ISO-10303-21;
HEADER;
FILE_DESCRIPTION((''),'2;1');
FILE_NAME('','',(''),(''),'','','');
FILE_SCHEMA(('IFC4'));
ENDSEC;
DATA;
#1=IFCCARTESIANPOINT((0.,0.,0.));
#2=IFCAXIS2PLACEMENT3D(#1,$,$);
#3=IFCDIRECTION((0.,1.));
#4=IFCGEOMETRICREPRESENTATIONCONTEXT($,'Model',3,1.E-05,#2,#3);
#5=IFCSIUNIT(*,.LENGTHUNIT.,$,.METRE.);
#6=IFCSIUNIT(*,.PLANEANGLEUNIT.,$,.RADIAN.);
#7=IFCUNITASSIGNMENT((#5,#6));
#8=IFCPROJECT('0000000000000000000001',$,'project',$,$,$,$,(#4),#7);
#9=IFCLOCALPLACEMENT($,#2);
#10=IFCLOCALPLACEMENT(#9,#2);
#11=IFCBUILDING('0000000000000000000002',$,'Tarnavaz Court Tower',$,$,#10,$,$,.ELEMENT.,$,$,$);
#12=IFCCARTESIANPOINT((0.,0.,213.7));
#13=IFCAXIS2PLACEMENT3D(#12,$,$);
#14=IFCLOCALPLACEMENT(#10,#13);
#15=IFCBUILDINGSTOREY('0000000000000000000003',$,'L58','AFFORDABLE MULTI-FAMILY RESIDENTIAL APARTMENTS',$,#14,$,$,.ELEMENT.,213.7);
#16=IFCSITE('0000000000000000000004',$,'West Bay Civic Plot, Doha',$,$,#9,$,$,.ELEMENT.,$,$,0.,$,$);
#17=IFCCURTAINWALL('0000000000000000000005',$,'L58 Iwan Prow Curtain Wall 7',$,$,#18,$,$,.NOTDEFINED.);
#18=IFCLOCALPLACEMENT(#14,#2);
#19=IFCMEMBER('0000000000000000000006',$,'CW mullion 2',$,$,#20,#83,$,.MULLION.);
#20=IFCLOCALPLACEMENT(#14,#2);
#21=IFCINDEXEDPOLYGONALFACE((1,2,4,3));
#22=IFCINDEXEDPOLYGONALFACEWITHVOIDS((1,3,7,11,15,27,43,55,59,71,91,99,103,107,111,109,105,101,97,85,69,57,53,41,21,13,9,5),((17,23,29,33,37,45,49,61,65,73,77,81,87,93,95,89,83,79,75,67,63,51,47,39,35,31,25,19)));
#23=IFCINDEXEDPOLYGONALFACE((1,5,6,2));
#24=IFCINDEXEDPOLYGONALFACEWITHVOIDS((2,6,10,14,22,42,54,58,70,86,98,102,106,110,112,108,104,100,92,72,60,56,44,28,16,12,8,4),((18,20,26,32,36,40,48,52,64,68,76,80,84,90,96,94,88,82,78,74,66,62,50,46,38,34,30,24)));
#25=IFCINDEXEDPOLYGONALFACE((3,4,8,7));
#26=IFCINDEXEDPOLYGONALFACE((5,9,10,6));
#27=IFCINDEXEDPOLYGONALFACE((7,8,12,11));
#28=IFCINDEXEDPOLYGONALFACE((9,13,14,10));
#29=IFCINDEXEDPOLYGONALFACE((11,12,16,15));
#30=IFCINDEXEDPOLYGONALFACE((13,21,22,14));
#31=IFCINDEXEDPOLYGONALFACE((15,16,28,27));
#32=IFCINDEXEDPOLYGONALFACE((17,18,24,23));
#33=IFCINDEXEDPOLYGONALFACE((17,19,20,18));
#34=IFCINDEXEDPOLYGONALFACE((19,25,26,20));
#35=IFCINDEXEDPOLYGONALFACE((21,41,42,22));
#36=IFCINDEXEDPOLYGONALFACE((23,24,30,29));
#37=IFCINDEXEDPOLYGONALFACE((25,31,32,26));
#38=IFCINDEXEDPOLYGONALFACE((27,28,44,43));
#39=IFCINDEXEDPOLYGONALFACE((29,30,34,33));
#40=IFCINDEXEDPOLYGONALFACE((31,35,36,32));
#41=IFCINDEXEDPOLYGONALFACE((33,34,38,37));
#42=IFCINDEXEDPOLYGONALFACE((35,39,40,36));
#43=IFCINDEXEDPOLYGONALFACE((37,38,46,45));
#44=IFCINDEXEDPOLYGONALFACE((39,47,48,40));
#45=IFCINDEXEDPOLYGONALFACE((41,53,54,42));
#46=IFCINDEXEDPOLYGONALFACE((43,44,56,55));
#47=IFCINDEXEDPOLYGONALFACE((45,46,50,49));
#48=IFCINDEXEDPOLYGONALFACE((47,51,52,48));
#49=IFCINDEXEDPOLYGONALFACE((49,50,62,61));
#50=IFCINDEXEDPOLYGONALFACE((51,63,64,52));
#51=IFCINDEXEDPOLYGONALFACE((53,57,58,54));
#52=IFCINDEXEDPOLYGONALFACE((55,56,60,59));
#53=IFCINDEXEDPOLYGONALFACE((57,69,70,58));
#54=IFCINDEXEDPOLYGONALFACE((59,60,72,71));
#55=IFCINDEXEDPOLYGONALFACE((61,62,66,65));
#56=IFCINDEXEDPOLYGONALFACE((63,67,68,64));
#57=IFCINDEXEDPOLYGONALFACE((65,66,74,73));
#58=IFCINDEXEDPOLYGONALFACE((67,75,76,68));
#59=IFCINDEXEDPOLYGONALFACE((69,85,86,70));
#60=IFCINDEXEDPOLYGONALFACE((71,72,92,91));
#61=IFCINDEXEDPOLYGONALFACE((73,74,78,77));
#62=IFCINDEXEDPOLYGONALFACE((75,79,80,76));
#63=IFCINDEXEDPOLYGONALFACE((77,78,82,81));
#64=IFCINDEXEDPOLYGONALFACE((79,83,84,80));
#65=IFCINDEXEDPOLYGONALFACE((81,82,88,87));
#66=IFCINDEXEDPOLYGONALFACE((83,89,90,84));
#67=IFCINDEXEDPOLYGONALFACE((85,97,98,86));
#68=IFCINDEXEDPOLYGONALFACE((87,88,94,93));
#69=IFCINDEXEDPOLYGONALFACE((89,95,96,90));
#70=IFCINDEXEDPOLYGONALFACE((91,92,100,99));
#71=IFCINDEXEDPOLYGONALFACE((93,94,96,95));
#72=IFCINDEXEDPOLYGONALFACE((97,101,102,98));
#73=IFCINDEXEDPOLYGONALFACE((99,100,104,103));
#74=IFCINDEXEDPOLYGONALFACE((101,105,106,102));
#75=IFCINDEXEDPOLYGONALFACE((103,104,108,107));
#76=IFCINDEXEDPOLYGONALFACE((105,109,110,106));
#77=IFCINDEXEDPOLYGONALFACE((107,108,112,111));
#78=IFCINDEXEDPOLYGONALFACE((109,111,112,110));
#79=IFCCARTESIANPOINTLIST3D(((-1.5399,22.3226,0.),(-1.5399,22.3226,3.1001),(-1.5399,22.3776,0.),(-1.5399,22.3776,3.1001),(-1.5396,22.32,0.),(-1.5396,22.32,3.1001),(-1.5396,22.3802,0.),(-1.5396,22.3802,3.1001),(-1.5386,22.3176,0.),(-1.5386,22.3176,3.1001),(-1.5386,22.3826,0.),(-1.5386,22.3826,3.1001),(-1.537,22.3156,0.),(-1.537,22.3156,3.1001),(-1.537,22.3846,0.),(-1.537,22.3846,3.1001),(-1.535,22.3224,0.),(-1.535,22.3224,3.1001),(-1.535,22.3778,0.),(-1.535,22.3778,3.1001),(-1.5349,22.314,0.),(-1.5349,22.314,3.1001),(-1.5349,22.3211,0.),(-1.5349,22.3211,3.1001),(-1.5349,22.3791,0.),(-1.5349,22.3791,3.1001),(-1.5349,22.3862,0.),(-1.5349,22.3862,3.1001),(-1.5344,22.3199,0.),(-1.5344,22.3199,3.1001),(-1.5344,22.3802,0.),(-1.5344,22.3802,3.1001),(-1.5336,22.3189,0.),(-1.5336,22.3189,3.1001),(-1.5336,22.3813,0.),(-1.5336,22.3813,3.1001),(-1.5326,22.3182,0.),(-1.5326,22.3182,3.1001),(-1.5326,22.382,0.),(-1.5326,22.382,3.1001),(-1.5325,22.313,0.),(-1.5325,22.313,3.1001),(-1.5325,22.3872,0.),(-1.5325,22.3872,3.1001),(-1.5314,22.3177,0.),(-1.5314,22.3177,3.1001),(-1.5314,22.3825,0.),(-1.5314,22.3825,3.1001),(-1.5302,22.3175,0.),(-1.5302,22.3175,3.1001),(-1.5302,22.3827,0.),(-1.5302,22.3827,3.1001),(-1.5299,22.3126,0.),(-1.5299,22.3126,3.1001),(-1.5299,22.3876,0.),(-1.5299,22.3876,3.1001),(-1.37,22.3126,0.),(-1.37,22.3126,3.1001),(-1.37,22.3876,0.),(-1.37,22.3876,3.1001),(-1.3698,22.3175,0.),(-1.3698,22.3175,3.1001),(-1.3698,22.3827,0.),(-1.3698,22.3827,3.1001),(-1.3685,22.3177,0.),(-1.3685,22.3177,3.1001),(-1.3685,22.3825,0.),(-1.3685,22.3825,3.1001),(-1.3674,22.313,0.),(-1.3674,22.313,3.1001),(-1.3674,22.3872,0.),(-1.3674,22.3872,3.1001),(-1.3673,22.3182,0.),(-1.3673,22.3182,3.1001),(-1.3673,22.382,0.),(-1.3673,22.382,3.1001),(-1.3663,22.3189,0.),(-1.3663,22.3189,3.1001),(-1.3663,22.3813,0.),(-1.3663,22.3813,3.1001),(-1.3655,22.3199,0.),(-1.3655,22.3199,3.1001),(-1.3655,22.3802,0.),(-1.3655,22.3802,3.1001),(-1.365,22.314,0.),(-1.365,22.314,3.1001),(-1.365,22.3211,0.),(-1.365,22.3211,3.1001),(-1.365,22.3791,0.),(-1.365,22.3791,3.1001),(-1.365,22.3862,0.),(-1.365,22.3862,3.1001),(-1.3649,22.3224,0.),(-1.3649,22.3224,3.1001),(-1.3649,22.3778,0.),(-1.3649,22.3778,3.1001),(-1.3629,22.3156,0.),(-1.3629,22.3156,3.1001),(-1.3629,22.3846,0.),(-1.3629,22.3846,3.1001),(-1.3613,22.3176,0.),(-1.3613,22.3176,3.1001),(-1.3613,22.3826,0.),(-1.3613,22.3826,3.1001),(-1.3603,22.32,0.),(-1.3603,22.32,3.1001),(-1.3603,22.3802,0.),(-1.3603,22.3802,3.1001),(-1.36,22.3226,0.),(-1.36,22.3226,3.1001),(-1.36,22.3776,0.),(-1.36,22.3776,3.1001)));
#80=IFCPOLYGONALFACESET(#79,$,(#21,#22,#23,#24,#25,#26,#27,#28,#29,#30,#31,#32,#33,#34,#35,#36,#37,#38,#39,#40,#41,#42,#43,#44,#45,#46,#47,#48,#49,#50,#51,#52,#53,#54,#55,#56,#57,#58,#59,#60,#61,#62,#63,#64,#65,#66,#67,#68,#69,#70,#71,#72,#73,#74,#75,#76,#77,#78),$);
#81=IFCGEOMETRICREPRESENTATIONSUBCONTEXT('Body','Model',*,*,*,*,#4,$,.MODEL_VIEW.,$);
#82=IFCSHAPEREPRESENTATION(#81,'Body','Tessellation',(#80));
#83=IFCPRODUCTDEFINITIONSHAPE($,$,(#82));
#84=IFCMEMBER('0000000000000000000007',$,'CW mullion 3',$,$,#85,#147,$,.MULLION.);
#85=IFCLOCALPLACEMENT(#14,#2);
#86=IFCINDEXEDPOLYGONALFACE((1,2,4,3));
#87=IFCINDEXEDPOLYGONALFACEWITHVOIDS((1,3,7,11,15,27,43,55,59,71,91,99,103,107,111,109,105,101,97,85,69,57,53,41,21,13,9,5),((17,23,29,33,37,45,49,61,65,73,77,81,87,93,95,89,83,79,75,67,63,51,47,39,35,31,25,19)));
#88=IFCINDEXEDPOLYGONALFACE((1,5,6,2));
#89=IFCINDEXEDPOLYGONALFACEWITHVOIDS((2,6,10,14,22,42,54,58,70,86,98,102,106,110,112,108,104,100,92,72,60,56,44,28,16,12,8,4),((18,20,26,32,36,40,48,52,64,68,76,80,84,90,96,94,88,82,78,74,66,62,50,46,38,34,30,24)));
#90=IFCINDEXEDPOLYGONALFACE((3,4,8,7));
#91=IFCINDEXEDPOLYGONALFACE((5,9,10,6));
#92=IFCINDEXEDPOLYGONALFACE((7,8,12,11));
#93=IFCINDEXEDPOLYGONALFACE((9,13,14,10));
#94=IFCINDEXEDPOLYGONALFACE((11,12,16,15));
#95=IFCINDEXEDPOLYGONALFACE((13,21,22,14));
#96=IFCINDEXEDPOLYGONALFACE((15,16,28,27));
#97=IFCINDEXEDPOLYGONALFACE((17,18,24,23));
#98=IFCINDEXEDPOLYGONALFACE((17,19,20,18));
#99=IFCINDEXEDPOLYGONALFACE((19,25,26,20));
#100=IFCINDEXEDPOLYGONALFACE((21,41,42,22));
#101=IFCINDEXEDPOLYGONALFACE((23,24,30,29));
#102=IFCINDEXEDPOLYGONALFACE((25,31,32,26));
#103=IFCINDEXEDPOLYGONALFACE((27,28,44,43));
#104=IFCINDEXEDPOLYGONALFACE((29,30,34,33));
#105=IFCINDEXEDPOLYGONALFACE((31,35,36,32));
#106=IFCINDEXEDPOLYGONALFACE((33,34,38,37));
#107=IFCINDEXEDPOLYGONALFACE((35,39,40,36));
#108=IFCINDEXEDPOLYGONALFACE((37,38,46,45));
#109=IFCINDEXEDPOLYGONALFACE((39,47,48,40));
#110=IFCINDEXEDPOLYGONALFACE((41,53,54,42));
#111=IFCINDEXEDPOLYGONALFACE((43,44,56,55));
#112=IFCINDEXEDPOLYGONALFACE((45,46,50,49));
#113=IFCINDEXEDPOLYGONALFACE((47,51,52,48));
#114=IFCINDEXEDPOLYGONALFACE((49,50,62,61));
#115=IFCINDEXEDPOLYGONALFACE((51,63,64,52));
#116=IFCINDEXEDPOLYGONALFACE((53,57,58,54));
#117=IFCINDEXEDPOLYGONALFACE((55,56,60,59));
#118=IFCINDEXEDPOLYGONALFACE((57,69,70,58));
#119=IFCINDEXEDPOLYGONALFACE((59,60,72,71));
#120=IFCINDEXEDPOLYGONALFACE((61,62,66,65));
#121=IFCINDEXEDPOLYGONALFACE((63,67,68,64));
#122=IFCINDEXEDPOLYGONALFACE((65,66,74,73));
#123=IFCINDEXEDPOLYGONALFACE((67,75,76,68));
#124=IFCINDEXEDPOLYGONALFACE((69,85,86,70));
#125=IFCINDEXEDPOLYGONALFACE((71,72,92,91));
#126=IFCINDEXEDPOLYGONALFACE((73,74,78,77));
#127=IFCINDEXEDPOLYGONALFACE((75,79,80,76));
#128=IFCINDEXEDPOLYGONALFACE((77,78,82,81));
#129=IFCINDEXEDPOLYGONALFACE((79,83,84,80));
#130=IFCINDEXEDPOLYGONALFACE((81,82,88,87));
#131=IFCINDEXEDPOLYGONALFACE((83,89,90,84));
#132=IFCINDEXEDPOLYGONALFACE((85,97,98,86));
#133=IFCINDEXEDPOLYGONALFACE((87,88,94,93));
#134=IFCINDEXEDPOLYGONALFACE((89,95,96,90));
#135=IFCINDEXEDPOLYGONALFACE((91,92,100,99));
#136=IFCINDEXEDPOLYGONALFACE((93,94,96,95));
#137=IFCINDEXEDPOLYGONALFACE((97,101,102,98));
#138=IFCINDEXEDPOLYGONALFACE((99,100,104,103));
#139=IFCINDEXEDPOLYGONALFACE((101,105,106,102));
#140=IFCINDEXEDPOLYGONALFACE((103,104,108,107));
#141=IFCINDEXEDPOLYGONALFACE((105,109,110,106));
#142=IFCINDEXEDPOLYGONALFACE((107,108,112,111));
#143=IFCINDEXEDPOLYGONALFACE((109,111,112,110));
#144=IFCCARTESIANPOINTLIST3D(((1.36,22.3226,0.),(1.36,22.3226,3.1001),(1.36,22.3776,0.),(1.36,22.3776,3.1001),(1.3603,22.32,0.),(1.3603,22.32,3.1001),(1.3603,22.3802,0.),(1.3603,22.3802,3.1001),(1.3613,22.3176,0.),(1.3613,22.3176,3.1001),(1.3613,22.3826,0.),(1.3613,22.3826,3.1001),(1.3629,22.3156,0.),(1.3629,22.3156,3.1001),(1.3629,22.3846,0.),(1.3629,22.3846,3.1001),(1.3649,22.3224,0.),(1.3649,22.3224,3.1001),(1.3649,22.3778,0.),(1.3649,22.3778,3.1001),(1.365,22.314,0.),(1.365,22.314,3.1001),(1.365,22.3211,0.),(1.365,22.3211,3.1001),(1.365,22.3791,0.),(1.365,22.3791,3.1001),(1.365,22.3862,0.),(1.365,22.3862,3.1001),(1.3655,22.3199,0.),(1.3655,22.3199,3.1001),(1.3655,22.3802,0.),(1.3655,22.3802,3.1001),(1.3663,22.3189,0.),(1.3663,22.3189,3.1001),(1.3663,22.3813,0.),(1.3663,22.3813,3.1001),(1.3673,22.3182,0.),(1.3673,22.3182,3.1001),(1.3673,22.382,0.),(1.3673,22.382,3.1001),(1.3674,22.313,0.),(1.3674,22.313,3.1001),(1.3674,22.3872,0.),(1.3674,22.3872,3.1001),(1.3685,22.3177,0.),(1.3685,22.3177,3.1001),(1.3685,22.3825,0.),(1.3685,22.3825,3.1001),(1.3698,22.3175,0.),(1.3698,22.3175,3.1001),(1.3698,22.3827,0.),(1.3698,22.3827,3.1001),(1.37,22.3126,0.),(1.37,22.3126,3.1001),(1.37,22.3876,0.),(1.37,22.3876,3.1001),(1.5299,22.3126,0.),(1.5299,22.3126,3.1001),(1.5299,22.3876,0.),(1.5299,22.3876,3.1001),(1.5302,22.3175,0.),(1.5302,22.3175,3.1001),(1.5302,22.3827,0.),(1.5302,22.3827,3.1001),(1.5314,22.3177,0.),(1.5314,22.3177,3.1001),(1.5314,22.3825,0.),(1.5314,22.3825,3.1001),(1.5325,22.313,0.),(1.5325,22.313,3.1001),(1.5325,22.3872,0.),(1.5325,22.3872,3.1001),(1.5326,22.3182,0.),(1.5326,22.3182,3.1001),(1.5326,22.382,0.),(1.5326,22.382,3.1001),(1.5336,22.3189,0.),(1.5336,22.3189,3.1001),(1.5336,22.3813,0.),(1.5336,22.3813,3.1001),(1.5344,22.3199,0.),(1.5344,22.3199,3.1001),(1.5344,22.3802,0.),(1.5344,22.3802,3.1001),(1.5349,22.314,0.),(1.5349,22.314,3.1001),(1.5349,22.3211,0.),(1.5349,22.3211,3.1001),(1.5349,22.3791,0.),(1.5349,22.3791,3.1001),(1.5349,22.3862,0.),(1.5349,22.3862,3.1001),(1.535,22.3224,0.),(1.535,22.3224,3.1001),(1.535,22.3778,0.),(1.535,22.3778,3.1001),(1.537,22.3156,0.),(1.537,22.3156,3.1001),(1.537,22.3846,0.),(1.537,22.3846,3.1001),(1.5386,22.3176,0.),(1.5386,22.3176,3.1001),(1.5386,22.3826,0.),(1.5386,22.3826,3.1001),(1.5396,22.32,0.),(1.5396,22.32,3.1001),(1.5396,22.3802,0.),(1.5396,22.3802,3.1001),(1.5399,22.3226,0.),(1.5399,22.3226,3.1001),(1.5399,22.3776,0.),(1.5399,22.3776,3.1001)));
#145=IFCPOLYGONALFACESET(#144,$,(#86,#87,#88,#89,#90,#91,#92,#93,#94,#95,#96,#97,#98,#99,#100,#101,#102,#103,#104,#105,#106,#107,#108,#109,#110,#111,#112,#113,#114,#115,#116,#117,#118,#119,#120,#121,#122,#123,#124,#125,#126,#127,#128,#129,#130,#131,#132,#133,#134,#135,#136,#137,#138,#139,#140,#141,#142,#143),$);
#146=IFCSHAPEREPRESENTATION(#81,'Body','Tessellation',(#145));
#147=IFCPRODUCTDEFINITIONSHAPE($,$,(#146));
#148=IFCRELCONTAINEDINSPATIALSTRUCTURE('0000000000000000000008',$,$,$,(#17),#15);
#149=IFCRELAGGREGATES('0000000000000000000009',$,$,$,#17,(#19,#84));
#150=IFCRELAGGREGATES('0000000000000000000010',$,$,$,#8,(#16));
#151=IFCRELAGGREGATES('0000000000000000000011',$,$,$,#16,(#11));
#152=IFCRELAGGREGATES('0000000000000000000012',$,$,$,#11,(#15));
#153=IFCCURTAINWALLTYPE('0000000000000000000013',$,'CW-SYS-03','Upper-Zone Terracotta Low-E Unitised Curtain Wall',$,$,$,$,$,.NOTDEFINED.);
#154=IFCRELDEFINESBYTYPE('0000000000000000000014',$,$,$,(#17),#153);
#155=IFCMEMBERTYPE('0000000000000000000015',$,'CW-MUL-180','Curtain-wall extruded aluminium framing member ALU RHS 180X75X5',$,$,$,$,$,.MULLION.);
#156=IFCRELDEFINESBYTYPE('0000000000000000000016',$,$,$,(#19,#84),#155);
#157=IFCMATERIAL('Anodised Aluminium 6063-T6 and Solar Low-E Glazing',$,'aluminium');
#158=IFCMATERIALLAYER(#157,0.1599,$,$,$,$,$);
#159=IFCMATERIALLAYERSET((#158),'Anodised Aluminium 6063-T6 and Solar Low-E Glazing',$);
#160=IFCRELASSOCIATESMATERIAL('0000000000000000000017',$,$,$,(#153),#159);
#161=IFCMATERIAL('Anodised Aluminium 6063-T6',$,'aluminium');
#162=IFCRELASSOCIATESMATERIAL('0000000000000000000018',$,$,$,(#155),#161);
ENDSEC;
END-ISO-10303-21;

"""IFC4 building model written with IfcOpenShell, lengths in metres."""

from ifc_helpers import new_model, si_unit, direction, frame, origin, origin_2d, place, context, subcontext, project, spatial, hollow_rectangle, extrude, material, layer, layer_set, material_profile, profile_set, type_object, element, aggregate, save


model = new_model("IFC4")

# Units and contexts
model_context = context("Model", 3, precision=1e-05, world=origin(), true_north=direction((0.0, 1.0)))
body_context = subcontext(model_context, "Body", "Model", "MODEL_VIEW")
ifc_project = project(units=[si_unit("LENGTHUNIT", "METRE"), si_unit("PLANEANGLEUNIT", "RADIAN")], contexts=[model_context])

# Site, building, storey
site_placement = place(None, origin())
site = spatial("IfcSite", under=ifc_project, at=site_placement, Name="West Bay Civic Plot, Doha", CompositionType="ELEMENT", RefElevation=0.0)
building_placement = place(site_placement, origin())
building = spatial("IfcBuilding", under=site, at=building_placement, Name="Tarnavaz Court Tower", CompositionType="ELEMENT")
storey_placement = place(building_placement, frame((0.0, 0.0, 213.7)))
storey = spatial("IfcBuildingStorey", under=building, at=storey_placement, Name="L58", Description="AFFORDABLE MULTI-FAMILY RESIDENTIAL APARTMENTS", CompositionType="ELEMENT", Elevation=213.7)

# Curtain wall, members
ifc_material_1 = material(Name="Anodised Aluminium 6063-T6 and Solar Low-E Glazing", Category="aluminium")
ifc_layer_1 = layer(ifc_material_1, 0.1599)
ifc_layer_set_1 = layer_set([ifc_layer_1], Name="Anodised Aluminium 6063-T6 and Solar Low-E Glazing")
curtain_wall_type = type_object("IfcCurtainWallType", Name="CW-SYS-03", Description="Upper-Zone Terracotta Low-E Unitised Curtain Wall", PredefinedType="NOTDEFINED", material=ifc_layer_set_1)
curtain_wall_placement = place(storey_placement, origin())
curtain_wall = element("IfcCurtainWall", 1, at=curtain_wall_placement, inside=storey, type_object=curtain_wall_type, Name="L58 Iwan Prow Curtain Wall 7", PredefinedType="NOTDEFINED")
ifc_material_2 = material(Name="Anodised Aluminium 6063-T6", Category="aluminium")
ifc_material_profile_1 = material_profile(ifc_material_2, hollow_rectangle(XDim=0.075, YDim=0.1799, WallThickness=0.0049, InnerFilletRadius=0.0049, OuterFilletRadius=0.01, at=origin_2d()), Name="ALU RHS 180X75X5")
ifc_profile_set_1 = profile_set([ifc_material_profile_1], Name="Anodised Aluminium 6063-T6")
member_type_1 = type_object("IfcMemberType", Name="CW-MUL-180", Description="Curtain-wall extruded aluminium framing member ALU RHS 180X75X5", PredefinedType="MULLION", material=ifc_profile_set_1)
member_1_placement = place(storey_placement, frame((-1.45, 22.3501, 0.0), z_axis=(0.0, 0.0, 1.0), x_axis=(0.0, 1.0, 0.0)))
member_1 = element("IfcMember", 2, at=member_1_placement, type_object=member_type_1, Name="CW mullion 2", PredefinedType="MULLION", context=body_context, shape_type="SweptSolid", body=[
    extrude(hollow_rectangle(XDim=0.075, YDim=0.1799, WallThickness=0.0049, InnerFilletRadius=0.0049, OuterFilletRadius=0.01, at=origin_2d()), origin(), (0.0, 0.0, 1.0), 3.1001),
])
member_2_placement = place(storey_placement, frame((1.45, 22.3501, 0.0), z_axis=(0.0, 0.0, 1.0), x_axis=(0.0, 1.0, 0.0)))
member_2 = element("IfcMember", 3, at=member_2_placement, type_object=member_type_1, Name="CW mullion 3", PredefinedType="MULLION", context=body_context, shape_type="SweptSolid", body=[
    extrude(hollow_rectangle(XDim=0.075, YDim=0.1799, WallThickness=0.0049, InnerFilletRadius=0.0049, OuterFilletRadius=0.01, at=origin_2d()), origin(), (0.0, 0.0, 1.0), 3.1001),
])
aggregate(curtain_wall, [member_1, member_2])

save(model, "model.ifc")
